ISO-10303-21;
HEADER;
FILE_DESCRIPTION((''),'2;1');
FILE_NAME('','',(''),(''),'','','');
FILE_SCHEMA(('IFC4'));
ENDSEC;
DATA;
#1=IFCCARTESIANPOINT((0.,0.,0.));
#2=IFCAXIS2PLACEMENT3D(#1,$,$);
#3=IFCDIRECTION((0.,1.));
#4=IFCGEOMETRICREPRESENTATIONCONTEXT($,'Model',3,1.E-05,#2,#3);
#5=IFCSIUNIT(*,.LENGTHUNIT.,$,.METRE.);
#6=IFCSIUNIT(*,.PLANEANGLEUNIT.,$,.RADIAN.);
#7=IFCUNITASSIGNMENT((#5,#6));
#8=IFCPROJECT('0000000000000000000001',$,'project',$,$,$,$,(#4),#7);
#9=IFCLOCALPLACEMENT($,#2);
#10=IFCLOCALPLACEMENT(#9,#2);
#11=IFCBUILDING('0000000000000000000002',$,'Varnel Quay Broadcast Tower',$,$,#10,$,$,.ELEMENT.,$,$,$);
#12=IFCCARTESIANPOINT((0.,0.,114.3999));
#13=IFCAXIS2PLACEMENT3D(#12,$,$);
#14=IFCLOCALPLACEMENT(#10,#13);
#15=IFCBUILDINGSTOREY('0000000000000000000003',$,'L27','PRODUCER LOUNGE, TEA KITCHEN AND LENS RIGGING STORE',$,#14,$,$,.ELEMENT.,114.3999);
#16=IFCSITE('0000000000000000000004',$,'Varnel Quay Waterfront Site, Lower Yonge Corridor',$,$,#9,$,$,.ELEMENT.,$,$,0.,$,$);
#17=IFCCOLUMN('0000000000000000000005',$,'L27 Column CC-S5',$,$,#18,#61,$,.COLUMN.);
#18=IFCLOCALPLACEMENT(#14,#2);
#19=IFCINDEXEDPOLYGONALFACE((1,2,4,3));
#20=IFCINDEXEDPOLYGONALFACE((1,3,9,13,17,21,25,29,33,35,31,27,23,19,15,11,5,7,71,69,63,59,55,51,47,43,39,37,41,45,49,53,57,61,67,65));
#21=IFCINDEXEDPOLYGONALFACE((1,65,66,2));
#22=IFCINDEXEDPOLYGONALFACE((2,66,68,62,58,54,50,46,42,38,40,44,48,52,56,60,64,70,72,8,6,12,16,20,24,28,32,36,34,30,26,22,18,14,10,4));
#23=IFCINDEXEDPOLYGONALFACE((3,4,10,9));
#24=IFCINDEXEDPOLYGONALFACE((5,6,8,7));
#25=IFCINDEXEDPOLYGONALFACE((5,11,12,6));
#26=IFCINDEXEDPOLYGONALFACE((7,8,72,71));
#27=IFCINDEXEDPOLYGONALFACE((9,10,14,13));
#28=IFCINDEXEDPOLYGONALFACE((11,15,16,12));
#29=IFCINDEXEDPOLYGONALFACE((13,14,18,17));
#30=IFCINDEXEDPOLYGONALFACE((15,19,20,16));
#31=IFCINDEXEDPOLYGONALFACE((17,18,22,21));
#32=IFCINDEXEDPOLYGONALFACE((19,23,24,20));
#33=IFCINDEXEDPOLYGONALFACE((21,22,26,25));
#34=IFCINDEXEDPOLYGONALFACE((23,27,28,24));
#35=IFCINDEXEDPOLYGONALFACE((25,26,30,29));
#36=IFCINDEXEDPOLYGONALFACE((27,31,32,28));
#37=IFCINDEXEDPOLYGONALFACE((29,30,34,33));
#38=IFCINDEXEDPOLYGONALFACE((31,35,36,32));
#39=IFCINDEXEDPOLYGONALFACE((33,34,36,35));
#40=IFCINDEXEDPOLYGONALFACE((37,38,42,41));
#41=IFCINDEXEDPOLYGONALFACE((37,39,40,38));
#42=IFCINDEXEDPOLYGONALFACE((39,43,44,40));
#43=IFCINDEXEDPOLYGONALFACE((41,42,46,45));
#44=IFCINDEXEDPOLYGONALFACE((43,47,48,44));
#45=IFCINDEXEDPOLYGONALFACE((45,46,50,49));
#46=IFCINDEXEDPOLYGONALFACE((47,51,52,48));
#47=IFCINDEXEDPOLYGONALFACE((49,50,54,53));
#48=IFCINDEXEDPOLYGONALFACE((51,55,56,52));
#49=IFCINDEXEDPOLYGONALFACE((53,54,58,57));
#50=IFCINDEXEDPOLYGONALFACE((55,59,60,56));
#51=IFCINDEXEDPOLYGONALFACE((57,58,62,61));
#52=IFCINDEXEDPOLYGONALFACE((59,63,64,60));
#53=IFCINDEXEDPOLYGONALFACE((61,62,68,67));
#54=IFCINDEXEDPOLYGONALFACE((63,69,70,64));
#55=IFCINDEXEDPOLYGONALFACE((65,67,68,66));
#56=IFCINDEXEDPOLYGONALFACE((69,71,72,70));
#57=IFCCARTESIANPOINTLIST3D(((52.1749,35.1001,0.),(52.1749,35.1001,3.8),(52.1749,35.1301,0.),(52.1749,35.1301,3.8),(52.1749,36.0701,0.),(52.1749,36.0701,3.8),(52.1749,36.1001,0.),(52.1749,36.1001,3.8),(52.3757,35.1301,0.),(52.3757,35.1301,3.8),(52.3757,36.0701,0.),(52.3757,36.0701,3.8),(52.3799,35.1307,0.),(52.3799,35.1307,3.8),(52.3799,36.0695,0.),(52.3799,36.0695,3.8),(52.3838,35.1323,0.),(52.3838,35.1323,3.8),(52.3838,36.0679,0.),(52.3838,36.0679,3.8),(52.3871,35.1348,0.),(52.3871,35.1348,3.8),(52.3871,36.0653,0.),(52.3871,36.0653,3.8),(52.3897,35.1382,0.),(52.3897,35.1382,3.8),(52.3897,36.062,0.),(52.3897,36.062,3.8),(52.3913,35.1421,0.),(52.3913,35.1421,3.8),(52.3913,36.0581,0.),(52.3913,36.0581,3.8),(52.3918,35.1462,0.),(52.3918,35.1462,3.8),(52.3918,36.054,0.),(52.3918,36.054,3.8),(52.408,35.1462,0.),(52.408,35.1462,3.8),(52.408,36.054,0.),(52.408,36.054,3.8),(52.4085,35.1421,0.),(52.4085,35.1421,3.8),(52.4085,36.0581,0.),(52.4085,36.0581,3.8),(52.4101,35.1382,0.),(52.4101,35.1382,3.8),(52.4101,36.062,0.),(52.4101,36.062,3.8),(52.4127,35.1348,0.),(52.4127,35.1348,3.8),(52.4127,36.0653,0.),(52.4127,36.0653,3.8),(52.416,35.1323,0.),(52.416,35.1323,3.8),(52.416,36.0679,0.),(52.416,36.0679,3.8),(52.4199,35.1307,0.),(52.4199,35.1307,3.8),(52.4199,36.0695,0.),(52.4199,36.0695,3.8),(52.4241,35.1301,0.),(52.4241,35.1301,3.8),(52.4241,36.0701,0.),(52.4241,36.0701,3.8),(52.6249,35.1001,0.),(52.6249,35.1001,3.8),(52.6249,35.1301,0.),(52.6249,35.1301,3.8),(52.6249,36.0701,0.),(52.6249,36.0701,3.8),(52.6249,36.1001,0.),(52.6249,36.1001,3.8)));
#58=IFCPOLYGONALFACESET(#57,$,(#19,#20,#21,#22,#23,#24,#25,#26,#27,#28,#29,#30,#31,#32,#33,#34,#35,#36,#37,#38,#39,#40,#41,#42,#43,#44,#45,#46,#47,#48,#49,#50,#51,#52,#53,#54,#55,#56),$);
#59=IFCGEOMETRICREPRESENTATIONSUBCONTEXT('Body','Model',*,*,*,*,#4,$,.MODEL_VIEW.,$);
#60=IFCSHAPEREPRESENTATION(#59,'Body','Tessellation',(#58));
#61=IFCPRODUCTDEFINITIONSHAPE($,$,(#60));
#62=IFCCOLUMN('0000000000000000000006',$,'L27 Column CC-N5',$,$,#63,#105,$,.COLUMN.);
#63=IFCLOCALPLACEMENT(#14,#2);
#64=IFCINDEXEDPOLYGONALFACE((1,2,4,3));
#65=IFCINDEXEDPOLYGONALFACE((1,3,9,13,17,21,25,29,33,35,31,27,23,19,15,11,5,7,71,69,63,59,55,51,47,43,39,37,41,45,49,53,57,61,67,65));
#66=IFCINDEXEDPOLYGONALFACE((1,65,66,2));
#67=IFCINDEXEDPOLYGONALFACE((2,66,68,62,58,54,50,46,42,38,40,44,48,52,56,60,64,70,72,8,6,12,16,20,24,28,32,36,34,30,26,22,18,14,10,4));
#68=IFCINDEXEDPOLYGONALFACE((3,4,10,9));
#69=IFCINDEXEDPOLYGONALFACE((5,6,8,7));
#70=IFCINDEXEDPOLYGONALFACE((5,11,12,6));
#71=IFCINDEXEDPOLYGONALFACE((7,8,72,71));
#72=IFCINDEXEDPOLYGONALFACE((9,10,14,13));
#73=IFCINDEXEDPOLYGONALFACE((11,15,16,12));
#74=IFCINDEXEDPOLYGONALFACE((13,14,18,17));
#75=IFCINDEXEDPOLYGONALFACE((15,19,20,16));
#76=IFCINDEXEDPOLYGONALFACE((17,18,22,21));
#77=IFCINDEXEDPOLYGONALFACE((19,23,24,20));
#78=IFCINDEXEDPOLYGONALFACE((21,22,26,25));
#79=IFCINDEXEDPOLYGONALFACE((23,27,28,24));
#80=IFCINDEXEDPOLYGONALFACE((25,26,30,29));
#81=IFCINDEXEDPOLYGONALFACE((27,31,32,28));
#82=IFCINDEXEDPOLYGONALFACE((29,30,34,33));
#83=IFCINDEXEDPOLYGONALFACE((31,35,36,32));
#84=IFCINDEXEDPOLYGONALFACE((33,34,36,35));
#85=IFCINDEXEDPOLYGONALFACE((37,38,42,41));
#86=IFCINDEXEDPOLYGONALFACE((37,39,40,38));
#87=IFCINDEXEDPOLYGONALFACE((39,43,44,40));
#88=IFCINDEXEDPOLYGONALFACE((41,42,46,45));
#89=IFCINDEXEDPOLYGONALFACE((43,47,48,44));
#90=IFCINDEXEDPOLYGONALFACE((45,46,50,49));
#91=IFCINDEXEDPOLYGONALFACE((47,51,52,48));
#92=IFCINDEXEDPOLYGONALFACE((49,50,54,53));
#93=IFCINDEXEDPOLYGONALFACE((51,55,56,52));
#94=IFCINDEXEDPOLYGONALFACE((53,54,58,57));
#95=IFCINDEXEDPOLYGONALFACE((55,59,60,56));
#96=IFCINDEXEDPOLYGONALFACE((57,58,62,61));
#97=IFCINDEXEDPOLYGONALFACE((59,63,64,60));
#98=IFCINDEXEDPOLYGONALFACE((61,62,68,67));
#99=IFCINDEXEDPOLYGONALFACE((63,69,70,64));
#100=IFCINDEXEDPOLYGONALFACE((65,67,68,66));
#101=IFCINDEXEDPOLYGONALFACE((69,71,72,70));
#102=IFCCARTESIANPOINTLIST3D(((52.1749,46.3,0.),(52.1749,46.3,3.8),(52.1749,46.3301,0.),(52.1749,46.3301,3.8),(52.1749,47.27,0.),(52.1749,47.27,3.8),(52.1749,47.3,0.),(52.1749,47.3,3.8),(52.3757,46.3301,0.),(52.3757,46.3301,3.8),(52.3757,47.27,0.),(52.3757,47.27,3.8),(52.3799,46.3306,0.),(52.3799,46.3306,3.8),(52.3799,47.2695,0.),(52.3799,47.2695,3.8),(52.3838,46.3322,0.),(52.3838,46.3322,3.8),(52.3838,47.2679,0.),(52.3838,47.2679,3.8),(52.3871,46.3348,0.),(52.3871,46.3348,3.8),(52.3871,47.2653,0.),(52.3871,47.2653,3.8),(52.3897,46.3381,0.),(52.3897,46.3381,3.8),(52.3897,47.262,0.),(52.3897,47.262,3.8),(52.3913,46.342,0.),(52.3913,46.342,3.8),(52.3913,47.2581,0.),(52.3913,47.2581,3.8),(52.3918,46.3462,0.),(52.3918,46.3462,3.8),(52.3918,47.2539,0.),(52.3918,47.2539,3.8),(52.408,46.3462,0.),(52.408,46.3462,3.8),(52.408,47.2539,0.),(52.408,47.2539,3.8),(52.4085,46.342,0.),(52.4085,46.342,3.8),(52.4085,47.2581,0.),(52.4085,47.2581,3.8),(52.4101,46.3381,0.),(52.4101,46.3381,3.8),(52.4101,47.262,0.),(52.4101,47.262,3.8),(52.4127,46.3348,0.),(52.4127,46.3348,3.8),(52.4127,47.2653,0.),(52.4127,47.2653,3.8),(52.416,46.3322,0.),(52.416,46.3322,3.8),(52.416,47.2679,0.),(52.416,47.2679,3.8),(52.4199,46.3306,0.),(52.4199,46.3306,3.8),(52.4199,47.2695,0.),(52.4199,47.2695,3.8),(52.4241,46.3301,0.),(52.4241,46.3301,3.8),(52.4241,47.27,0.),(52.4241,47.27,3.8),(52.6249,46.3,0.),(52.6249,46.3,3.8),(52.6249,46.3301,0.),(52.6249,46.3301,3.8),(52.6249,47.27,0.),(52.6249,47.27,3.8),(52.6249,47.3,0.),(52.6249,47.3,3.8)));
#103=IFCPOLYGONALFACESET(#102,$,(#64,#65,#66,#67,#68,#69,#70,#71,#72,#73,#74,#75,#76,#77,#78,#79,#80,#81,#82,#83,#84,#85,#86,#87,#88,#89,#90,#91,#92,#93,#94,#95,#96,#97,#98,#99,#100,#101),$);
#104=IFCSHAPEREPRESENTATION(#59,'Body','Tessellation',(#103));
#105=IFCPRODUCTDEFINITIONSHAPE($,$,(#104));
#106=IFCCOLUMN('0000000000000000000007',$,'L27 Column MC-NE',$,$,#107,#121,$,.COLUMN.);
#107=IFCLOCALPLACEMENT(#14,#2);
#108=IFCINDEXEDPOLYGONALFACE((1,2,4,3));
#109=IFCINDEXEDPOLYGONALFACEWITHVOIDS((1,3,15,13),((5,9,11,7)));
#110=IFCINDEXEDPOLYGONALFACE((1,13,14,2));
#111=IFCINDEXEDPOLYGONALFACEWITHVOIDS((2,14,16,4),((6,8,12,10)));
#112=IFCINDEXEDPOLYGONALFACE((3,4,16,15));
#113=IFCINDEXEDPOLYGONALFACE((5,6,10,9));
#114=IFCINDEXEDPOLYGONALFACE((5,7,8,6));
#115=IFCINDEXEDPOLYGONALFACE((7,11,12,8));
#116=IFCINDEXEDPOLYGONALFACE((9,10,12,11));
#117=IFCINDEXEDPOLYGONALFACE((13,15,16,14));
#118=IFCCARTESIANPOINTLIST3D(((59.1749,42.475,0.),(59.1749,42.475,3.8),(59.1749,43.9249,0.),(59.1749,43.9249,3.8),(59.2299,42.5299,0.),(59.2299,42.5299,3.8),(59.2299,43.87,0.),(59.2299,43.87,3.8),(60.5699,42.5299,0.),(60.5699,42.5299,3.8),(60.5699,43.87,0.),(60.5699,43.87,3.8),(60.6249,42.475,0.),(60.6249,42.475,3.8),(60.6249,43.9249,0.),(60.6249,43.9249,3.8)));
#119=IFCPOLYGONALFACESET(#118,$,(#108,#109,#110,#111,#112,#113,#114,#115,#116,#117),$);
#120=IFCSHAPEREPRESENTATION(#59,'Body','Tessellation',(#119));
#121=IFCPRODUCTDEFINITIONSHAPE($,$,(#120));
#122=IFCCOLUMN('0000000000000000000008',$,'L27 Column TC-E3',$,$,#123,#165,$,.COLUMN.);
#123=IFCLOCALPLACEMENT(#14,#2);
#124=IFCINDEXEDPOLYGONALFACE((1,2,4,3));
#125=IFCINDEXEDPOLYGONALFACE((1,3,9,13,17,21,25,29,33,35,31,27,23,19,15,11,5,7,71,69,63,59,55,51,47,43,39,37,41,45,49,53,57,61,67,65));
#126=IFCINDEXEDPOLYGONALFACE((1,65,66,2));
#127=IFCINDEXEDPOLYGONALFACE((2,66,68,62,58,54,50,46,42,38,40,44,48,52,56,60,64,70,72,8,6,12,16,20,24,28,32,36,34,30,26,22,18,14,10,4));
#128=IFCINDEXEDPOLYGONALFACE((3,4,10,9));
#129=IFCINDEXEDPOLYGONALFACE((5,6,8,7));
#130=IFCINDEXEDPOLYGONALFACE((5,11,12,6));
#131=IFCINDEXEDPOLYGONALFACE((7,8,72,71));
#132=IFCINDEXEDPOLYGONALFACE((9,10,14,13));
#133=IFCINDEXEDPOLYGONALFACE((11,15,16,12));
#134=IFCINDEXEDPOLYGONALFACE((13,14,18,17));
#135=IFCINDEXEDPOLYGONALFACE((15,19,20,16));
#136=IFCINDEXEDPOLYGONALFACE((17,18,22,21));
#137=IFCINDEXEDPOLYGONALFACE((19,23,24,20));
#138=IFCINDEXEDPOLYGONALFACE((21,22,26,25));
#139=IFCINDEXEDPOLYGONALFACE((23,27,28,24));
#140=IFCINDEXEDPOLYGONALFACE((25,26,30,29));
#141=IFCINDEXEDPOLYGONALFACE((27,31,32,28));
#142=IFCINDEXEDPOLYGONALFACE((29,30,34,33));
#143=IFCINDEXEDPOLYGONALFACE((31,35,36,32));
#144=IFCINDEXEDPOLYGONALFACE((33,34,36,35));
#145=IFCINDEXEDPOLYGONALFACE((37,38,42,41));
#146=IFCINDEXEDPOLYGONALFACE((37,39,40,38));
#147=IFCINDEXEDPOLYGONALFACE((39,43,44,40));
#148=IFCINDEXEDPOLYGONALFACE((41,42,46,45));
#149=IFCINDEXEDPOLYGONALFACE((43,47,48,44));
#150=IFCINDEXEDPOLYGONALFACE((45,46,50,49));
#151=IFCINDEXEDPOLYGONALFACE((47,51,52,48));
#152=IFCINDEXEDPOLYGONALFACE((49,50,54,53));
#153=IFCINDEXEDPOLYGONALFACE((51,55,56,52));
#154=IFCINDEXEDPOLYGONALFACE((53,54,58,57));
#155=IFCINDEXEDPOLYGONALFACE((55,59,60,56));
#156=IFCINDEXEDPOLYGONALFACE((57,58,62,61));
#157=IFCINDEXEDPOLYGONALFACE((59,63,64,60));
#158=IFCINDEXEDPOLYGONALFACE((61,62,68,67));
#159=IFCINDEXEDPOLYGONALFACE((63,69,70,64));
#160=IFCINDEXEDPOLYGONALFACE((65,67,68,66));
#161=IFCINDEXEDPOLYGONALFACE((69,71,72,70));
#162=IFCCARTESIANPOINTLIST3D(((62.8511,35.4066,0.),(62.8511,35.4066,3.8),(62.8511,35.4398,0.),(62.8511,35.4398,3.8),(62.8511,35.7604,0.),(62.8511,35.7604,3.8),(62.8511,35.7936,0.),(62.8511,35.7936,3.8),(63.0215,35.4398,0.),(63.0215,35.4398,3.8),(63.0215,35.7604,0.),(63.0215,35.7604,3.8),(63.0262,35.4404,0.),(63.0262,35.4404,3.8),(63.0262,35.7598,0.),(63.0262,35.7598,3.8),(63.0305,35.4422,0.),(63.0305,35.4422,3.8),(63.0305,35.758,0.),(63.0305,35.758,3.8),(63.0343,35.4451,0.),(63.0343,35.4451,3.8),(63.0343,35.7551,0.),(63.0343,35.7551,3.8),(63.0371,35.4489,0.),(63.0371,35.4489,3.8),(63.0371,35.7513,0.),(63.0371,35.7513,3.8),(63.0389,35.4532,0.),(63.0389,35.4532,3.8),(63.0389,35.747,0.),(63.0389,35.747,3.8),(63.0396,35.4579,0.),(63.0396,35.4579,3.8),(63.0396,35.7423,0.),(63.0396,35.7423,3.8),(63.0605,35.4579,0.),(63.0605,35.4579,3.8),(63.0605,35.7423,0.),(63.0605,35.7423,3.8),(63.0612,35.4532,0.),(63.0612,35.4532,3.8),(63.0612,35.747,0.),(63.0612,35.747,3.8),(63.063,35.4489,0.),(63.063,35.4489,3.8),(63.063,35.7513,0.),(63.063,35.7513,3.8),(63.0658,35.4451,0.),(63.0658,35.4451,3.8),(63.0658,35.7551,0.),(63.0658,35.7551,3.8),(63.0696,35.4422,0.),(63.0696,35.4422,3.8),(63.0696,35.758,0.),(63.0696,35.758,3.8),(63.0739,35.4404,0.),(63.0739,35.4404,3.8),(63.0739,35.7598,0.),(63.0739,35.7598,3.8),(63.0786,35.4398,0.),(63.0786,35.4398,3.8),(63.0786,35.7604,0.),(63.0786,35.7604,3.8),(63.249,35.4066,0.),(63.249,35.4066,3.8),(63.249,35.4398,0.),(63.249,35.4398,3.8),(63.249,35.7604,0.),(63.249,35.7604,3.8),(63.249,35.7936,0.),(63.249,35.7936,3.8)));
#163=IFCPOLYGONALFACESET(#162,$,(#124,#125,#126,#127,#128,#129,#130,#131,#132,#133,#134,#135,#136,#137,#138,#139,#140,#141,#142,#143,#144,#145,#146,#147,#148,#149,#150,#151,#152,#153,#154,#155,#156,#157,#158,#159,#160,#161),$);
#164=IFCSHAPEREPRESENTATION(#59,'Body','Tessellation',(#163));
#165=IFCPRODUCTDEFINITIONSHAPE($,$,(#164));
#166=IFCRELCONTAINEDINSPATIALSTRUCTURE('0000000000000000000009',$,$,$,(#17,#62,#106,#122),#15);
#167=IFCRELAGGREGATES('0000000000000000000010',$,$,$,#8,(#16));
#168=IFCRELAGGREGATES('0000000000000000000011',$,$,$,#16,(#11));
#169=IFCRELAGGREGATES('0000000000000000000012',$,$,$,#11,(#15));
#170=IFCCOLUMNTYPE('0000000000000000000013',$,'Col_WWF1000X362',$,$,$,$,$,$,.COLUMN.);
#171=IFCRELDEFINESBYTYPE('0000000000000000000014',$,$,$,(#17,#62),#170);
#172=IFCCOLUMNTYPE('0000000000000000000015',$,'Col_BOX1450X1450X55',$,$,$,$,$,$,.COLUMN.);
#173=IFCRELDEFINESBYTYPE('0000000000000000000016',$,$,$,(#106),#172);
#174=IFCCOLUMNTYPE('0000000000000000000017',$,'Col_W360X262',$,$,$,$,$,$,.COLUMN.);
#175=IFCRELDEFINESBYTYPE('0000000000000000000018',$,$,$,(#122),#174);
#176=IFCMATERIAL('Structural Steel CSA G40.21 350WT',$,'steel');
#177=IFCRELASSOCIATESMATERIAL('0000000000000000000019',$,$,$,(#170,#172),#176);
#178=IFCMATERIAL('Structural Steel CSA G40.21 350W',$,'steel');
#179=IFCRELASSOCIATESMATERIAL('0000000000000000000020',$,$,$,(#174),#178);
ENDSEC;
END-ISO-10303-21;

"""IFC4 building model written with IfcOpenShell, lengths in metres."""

from ifc_helpers import new_model, si_unit, direction, frame, origin, origin_2d, place, context, subcontext, project, spatial, hollow_rectangle, i_section, extrude, source, transform, mapped, material, material_profile, profile_set, type_object, type_shapes, element, save


model = new_model("IFC4")

# Units and contexts
model_context = context("Model", 3, precision=1e-05, world=origin(), true_north=direction((0.0, 1.0)))
body_context = subcontext(model_context, "Body", "Model", "MODEL_VIEW")
ifc_project = project(units=[si_unit("LENGTHUNIT", "METRE"), si_unit("PLANEANGLEUNIT", "RADIAN")], contexts=[model_context])

# Site, building, storey
site_placement = place(None, origin())
site = spatial("IfcSite", under=ifc_project, at=site_placement, Name="Varnel Quay Waterfront Site, Lower Yonge Corridor", CompositionType="ELEMENT", RefElevation=0.0)
building_placement = place(site_placement, origin())
building = spatial("IfcBuilding", under=site, at=building_placement, Name="Varnel Quay Broadcast Tower", CompositionType="ELEMENT")
storey_placement = place(building_placement, frame((0.0, 0.0, 114.3999)))
storey = spatial("IfcBuildingStorey", under=building, at=storey_placement, Name="L27", Description="PRODUCER LOUNGE, TEA KITCHEN AND LENS RIGGING STORE", CompositionType="ELEMENT", Elevation=114.3999)

# Columns
ifc_material_1 = material(Name="Structural Steel CSA G40.21 350WT", Category="steel")
ifc_material_profile_1 = material_profile(ifc_material_1, i_section(OverallWidth=0.45, OverallDepth=1.0, WebThickness=0.0161, FlangeThickness=0.03, FilletRadius=0.0161, at=origin_2d()), Name="WWF1000X362")
ifc_profile_set_1 = profile_set([ifc_material_profile_1], Name="Structural Steel CSA G40.21 350WT")
column_type_1 = type_object("IfcColumnType", Name="Col_WWF1000X362", PredefinedType="COLUMN", material=ifc_profile_set_1)
shared_shape_1 = source(origin(), body_context, "Body", "SweptSolid", [
    extrude(i_section(OverallWidth=0.45, OverallDepth=1.0, WebThickness=0.0161, FlangeThickness=0.03, FilletRadius=0.0161, at=origin_2d()), origin(), (0.0, 0.0, 1.0), 3.8),
])
type_shapes(column_type_1, [shared_shape_1])
for number, where, z_axis, x_axis, name in (
    (1, (52.3999, 35.6001, 0.0), (0.0, 0.0, 1.0), (1.0, 0.0, 0.0), "L27 Column CC-S5"),
    (2, (52.3999, 46.8, 0.0), (0.0, 0.0, 1.0), (1.0, 0.0, 0.0), "L27 Column CC-N5"),
):
    element("IfcColumn", number, at=place(storey_placement, frame(where, z_axis=z_axis, x_axis=x_axis)), inside=storey, type_object=column_type_1, Name=name, PredefinedType="COLUMN", context=body_context, shape_type="MappedRepresentation", body=[
        mapped(shared_shape_1, transform((0.0, 0.0, 0.0), x_axis=(1.0, 0.0, 0.0), y_axis=(0.0, 1.0, 0.0), z_axis=(0.0, 0.0, 1.0), scale=1.0)),
    ])
ifc_material_profile_2 = material_profile(ifc_material_1, hollow_rectangle(XDim=1.45, YDim=1.45, WallThickness=0.0549, at=origin_2d()), Name="BOX1450X1450X55")
ifc_profile_set_2 = profile_set([ifc_material_profile_2], Name="Structural Steel CSA G40.21 350WT")
column_type_2 = type_object("IfcColumnType", Name="Col_BOX1450X1450X55", PredefinedType="COLUMN", material=ifc_profile_set_2)
shared_shape_2 = source(origin(), body_context, "Body", "SweptSolid", [
    extrude(hollow_rectangle(XDim=1.45, YDim=1.45, WallThickness=0.0549, at=origin_2d()), origin(), (0.0, 0.0, 1.0), 3.8),
])
type_shapes(column_type_2, [shared_shape_2])
column_1_placement = place(storey_placement, frame((59.8999, 43.2, 0.0), z_axis=(0.0, 0.0, 1.0), x_axis=(1.0, 0.0, 0.0)))
element("IfcColumn", 3, at=column_1_placement, inside=storey, type_object=column_type_2, Name="L27 Column MC-NE", PredefinedType="COLUMN", context=body_context, shape_type="MappedRepresentation", body=[
    mapped(shared_shape_2, transform((0.0, 0.0, 0.0), x_axis=(1.0, 0.0, 0.0), y_axis=(0.0, 1.0, 0.0), z_axis=(0.0, 0.0, 1.0), scale=1.0)),
])
ifc_material_2 = material(Name="Structural Steel CSA G40.21 350W", Category="steel")
ifc_material_profile_3 = material_profile(ifc_material_2, i_section(OverallWidth=0.3979, OverallDepth=0.387, WebThickness=0.021, FlangeThickness=0.0332, FilletRadius=0.0181, at=origin_2d()), Name="W360X262")
ifc_profile_set_3 = profile_set([ifc_material_profile_3], Name="Structural Steel CSA G40.21 350W")
column_type_3 = type_object("IfcColumnType", Name="Col_W360X262", PredefinedType="COLUMN", material=ifc_profile_set_3)
shared_shape_3 = source(origin(), body_context, "Body", "SweptSolid", [
    extrude(i_section(OverallWidth=0.3979, OverallDepth=0.387, WebThickness=0.021, FlangeThickness=0.0332, FilletRadius=0.0181, at=origin_2d()), origin(), (0.0, 0.0, 1.0), 3.8),
])
type_shapes(column_type_3, [shared_shape_3])
column_2_placement = place(storey_placement, frame((63.05, 35.6001, 0.0), z_axis=(0.0, 0.0, 1.0), x_axis=(1.0, 0.0, 0.0)))
element("IfcColumn", 4, at=column_2_placement, inside=storey, type_object=column_type_3, Name="L27 Column TC-E3", PredefinedType="COLUMN", context=body_context, shape_type="MappedRepresentation", body=[
    mapped(shared_shape_3, transform((0.0, 0.0, 0.0), x_axis=(1.0, 0.0, 0.0), y_axis=(0.0, 1.0, 0.0), z_axis=(0.0, 0.0, 1.0), scale=1.0)),
])

save(model, "model.ifc")
